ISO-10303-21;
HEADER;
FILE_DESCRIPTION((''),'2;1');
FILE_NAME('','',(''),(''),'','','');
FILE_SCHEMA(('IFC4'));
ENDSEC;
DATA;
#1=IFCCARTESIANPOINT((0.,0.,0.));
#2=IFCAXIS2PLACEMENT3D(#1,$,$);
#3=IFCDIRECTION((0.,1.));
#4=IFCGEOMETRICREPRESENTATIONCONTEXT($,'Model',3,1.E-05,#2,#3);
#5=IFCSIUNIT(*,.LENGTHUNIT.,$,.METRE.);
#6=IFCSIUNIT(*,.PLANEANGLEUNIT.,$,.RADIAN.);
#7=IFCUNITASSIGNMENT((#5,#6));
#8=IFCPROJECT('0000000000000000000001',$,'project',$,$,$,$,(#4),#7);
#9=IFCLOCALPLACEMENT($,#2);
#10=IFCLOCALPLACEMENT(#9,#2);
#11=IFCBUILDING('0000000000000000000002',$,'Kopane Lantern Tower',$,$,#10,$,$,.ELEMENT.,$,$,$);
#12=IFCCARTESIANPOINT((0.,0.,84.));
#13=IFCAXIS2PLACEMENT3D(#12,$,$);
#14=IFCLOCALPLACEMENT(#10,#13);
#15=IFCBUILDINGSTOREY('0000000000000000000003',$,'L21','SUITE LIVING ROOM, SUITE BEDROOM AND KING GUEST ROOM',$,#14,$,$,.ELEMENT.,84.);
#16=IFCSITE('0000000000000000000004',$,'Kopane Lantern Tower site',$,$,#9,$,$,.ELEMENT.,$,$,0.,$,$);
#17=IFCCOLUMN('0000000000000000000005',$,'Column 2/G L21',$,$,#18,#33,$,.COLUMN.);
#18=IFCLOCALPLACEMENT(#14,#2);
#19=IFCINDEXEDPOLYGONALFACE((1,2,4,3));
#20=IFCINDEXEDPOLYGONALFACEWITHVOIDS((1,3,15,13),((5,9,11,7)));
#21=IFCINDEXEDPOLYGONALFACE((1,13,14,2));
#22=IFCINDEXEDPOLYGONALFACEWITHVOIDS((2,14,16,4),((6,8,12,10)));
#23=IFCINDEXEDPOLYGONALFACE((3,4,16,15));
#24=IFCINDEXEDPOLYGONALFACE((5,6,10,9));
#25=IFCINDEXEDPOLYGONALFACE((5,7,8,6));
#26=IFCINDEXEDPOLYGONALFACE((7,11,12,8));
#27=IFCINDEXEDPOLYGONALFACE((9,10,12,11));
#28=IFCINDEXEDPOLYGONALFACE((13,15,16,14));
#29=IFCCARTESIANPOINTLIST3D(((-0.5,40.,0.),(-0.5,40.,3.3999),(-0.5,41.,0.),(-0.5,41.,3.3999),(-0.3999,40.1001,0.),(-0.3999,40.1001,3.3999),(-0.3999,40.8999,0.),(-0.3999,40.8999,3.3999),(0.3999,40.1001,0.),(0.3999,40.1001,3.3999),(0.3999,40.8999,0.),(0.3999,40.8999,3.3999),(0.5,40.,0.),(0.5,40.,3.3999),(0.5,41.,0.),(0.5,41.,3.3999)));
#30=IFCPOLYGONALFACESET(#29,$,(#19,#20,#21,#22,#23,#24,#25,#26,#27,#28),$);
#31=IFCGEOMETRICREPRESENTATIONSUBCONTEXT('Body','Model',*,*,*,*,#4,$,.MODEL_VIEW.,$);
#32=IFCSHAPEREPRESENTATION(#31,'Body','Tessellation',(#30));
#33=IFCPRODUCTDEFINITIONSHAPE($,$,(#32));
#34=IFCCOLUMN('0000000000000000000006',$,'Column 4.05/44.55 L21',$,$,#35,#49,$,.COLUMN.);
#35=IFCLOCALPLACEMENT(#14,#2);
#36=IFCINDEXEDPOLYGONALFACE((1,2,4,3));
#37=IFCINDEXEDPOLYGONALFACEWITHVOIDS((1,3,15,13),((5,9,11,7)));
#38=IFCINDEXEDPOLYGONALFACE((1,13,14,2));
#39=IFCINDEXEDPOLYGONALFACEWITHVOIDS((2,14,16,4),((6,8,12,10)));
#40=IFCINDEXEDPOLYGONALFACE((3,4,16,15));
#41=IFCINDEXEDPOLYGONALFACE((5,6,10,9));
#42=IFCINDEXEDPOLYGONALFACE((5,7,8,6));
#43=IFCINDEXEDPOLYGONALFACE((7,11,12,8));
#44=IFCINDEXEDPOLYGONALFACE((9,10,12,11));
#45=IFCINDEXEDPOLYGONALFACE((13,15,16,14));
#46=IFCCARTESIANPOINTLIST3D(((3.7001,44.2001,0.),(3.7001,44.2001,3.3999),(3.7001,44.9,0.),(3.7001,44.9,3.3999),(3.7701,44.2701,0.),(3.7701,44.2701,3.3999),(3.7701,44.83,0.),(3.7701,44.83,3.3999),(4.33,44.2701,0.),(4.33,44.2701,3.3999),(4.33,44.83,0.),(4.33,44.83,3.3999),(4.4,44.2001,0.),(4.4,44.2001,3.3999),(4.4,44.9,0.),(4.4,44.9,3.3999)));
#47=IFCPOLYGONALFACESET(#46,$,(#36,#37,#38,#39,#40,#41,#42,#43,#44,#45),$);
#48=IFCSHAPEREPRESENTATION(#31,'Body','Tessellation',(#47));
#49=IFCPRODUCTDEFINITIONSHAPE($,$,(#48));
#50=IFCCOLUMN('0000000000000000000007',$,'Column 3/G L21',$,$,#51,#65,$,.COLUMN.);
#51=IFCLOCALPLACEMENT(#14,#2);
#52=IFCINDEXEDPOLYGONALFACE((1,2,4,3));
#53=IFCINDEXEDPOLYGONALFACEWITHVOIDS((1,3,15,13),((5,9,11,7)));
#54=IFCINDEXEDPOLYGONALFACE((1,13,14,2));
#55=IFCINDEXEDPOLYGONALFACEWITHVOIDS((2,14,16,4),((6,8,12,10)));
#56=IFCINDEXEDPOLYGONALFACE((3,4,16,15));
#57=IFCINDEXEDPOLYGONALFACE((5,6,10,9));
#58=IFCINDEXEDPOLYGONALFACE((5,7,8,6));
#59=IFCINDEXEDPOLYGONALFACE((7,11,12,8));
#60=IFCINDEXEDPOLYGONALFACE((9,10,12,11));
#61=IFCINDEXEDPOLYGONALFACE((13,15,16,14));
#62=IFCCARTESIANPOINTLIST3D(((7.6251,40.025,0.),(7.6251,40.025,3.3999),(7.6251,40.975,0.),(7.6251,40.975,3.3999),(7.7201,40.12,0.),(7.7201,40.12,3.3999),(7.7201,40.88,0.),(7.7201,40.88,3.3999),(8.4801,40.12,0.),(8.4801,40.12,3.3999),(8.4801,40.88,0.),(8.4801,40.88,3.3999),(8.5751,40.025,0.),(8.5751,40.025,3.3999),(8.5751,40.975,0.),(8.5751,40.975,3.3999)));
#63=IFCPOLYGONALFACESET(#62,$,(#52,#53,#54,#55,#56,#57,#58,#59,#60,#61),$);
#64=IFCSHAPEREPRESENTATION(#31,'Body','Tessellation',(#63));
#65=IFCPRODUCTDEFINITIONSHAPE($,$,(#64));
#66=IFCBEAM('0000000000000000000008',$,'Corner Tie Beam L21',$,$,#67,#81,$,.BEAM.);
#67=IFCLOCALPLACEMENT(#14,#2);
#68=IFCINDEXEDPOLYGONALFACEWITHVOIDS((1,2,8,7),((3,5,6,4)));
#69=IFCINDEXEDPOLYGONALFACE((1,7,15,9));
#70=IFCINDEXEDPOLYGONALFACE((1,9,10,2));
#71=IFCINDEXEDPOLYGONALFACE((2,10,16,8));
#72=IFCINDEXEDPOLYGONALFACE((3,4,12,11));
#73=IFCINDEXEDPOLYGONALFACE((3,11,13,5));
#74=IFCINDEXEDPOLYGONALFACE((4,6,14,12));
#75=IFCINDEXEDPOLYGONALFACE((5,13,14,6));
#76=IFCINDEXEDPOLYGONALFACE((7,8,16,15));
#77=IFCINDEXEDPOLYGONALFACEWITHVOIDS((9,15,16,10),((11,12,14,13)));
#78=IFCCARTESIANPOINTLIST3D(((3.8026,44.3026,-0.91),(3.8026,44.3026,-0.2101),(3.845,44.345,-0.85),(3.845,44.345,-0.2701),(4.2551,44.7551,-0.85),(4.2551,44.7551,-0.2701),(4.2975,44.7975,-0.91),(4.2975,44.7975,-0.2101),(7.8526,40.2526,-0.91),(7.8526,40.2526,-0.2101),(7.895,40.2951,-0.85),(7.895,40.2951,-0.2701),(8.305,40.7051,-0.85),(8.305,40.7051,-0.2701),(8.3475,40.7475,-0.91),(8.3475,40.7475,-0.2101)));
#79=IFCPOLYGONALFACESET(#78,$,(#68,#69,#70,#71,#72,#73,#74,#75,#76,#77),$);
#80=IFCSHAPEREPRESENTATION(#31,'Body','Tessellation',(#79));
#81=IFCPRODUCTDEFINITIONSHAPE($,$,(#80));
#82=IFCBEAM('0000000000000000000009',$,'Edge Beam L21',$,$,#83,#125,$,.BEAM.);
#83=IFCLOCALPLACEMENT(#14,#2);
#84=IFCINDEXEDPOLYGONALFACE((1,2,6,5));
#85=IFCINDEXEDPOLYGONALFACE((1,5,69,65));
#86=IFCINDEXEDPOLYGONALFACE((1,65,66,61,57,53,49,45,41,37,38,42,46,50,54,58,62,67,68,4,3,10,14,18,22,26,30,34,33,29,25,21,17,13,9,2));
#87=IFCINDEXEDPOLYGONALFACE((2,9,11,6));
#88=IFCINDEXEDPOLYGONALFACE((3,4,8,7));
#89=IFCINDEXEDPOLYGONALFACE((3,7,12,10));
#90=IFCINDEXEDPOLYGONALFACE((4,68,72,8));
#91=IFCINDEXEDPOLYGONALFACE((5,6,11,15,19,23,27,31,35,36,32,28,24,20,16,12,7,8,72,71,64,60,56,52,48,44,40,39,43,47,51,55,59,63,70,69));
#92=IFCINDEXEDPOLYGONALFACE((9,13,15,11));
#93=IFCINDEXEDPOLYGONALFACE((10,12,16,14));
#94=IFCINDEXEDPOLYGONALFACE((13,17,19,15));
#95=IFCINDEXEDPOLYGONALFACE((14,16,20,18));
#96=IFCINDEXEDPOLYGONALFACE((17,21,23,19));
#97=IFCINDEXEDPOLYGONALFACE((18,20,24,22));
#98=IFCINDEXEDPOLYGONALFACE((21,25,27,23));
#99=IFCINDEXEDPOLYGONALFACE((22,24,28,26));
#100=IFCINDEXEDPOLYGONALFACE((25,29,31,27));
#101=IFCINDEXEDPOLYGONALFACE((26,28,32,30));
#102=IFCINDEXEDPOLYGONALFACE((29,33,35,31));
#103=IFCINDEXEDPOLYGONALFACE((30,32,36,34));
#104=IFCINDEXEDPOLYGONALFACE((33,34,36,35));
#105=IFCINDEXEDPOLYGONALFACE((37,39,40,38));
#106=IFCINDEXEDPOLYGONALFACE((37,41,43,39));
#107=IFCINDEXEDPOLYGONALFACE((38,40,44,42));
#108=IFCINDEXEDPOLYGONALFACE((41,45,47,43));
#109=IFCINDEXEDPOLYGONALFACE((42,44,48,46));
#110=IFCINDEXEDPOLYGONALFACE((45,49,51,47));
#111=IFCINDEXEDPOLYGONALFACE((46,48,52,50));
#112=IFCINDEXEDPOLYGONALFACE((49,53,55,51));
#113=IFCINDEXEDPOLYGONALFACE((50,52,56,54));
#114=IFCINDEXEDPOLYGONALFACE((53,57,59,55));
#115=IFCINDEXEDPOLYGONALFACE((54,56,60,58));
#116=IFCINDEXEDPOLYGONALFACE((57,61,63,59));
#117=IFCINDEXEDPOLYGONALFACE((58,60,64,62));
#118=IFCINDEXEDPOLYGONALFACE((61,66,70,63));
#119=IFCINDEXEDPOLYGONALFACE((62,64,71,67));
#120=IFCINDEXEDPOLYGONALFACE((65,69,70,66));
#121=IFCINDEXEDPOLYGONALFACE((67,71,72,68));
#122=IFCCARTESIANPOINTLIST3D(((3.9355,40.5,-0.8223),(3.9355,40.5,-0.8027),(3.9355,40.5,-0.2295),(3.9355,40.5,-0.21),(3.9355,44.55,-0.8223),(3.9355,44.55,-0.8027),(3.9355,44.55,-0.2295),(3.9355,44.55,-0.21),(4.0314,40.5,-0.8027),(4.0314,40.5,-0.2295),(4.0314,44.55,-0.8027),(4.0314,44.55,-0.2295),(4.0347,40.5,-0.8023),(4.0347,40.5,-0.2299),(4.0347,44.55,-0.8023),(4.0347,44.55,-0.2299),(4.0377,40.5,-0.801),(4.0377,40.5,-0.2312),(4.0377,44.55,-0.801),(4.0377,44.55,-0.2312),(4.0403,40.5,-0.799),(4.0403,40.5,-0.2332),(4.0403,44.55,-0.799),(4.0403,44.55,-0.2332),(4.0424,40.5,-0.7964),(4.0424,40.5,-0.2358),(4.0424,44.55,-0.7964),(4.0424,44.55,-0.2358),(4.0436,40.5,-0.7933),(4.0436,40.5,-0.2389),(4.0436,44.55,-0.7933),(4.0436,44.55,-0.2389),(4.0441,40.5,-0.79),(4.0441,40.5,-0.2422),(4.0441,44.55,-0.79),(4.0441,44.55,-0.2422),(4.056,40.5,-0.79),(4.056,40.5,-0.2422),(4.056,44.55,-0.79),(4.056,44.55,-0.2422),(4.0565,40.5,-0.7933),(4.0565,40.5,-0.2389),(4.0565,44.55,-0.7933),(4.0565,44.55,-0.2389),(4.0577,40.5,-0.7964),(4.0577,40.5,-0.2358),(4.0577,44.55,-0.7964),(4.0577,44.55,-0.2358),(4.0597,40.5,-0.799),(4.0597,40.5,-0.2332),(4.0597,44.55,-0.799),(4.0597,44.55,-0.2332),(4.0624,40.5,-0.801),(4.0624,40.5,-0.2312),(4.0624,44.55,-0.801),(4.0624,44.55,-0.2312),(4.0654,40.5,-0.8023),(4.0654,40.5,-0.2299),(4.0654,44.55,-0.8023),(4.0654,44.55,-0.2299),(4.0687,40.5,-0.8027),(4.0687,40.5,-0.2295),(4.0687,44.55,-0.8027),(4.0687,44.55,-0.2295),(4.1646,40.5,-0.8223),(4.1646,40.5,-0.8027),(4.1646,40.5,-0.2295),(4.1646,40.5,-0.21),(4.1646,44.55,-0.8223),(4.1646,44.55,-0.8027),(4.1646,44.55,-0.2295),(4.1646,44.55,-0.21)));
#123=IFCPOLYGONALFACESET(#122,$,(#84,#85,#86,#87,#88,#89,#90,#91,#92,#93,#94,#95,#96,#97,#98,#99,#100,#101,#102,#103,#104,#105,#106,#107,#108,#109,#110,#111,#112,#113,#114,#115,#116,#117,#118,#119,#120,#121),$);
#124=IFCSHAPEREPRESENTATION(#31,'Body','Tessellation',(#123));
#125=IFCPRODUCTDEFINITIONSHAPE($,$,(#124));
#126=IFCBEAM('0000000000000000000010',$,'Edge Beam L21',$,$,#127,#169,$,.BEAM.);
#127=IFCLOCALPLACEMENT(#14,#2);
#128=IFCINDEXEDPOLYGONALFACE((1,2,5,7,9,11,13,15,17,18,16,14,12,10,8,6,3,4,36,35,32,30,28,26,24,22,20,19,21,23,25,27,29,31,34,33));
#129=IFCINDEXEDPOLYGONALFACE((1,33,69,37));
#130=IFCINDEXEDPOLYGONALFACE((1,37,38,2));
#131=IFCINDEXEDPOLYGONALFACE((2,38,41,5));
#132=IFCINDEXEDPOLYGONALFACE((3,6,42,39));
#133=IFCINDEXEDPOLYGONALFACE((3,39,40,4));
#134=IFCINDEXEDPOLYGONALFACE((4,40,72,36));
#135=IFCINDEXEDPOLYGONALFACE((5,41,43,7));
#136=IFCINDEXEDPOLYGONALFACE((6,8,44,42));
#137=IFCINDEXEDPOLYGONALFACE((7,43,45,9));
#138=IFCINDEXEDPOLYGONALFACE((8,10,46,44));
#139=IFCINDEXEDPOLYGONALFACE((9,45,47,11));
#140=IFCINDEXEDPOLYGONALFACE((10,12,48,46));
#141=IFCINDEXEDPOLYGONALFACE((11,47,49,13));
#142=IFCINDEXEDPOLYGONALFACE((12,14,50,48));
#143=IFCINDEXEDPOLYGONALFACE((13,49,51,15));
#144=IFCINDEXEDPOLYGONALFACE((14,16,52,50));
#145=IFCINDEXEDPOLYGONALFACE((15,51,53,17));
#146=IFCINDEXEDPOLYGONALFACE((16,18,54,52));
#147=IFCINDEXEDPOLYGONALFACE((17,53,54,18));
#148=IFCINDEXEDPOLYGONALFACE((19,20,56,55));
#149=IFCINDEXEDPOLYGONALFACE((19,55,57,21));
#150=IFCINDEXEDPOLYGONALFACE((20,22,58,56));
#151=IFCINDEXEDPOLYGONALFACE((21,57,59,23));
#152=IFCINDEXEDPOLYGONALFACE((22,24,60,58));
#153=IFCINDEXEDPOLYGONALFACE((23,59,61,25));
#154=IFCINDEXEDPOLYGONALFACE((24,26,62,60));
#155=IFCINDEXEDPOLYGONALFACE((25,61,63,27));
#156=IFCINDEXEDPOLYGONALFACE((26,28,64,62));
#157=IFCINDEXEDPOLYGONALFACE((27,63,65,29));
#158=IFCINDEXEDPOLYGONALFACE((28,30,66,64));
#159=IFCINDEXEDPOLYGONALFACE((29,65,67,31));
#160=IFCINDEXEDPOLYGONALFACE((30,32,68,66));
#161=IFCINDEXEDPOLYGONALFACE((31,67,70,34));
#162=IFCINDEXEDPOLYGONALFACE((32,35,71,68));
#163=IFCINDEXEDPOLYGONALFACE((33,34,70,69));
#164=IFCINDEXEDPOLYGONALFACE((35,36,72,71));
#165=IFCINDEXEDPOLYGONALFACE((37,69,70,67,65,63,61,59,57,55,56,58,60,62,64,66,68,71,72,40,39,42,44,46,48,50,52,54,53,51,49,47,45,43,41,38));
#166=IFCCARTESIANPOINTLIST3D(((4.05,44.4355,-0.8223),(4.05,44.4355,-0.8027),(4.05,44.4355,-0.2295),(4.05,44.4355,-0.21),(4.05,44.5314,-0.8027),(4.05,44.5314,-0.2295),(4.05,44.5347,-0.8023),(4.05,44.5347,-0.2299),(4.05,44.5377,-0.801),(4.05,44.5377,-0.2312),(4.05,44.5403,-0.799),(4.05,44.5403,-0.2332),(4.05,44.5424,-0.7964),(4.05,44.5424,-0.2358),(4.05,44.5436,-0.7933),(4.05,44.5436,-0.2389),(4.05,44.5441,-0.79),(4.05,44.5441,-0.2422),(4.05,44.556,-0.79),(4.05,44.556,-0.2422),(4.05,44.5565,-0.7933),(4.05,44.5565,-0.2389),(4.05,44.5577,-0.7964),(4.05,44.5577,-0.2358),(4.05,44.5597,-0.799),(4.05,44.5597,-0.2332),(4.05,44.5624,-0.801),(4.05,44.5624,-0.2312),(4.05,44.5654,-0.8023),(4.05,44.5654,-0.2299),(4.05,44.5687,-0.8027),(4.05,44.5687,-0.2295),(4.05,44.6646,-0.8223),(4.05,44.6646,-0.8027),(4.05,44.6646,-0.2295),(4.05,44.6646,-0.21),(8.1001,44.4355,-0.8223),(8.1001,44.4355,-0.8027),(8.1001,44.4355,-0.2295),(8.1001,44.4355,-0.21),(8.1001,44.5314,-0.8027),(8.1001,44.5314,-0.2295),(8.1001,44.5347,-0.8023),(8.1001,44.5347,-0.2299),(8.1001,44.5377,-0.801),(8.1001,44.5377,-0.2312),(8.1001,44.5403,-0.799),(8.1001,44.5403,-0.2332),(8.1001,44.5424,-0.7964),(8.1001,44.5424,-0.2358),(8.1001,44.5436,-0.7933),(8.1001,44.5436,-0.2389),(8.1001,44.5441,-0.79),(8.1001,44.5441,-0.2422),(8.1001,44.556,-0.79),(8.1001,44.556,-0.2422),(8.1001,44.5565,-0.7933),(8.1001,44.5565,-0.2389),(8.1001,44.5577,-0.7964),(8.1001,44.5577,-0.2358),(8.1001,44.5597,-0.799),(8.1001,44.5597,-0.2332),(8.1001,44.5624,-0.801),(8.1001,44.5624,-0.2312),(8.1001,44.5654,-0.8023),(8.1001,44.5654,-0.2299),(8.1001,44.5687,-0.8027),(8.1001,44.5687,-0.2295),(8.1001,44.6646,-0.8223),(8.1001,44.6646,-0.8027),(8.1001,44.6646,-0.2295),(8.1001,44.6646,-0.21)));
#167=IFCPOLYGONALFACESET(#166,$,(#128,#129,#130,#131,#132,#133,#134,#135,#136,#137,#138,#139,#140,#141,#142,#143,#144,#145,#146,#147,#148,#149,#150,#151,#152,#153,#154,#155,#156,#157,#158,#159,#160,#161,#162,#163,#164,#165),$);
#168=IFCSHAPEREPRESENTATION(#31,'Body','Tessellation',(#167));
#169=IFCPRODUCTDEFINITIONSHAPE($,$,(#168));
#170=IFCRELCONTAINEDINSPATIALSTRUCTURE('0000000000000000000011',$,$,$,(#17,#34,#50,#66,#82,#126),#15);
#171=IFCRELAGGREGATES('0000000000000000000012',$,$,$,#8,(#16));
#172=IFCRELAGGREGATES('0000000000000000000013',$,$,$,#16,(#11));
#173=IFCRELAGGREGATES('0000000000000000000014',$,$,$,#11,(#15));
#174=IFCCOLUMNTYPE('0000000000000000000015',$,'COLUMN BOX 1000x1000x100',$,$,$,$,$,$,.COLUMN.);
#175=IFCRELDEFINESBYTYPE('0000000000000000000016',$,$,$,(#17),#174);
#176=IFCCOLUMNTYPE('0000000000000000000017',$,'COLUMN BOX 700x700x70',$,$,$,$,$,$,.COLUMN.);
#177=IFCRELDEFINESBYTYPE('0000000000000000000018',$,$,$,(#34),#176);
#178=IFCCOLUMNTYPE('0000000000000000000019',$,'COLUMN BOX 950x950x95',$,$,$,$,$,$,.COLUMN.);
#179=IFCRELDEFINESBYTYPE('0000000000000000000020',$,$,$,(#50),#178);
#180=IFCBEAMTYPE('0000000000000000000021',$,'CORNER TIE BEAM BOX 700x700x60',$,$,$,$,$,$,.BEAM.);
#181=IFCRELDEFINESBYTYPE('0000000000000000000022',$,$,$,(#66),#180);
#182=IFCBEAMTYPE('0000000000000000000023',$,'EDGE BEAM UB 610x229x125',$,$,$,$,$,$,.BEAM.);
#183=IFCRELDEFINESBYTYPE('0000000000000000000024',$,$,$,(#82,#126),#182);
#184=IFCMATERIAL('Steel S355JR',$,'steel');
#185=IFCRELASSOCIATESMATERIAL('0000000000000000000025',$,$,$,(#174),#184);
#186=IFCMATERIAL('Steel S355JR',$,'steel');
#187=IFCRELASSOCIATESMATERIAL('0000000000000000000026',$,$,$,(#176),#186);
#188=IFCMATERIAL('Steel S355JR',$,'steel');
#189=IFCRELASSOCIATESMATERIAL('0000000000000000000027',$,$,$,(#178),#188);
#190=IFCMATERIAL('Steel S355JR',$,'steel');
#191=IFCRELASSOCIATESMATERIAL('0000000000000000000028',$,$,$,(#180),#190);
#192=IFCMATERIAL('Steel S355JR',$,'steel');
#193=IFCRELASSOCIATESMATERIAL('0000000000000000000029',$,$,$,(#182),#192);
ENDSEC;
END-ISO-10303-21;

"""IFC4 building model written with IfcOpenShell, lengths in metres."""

from ifc_helpers import new_model, si_unit, direction, frame, origin, origin_2d, place, context, subcontext, project, spatial, hollow_rectangle, i_section, extrude, material, material_profile, profile_set, type_object, element, save


model = new_model("IFC4")

# Units and contexts
model_context = context("Model", 3, precision=1e-05, world=origin(), true_north=direction((0.0, 1.0)))
body_context = subcontext(model_context, "Body", "Model", "MODEL_VIEW")
ifc_project = project(units=[si_unit("LENGTHUNIT", "METRE"), si_unit("PLANEANGLEUNIT", "RADIAN")], contexts=[model_context])

# Site, building, storey
site_placement = place(None, origin())
site = spatial("IfcSite", under=ifc_project, at=site_placement, Name="Kopane Lantern Tower site", CompositionType="ELEMENT", RefElevation=0.0)
building_placement = place(site_placement, origin())
building = spatial("IfcBuilding", under=site, at=building_placement, Name="Kopane Lantern Tower", CompositionType="ELEMENT")
storey_placement = place(building_placement, frame((0.0, 0.0, 84.0)))
storey = spatial("IfcBuildingStorey", under=building, at=storey_placement, Name="L21", Description="SUITE LIVING ROOM, SUITE BEDROOM AND KING GUEST ROOM", CompositionType="ELEMENT", Elevation=84.0)

# Columns
ifc_material_1 = material(Name="Steel S355JR", Category="steel")
ifc_material_profile_1 = material_profile(ifc_material_1, hollow_rectangle(XDim=1.0, YDim=1.0, WallThickness=0.1001, at=origin_2d()), Name="BOX 1000x1000x100")
ifc_profile_set_1 = profile_set([ifc_material_profile_1], Name="Steel S355JR")
column_type_1 = type_object("IfcColumnType", Name="COLUMN BOX 1000x1000x100", PredefinedType="COLUMN", material=ifc_profile_set_1)
column_1_placement = place(storey_placement, frame((0.0, 40.5, 0.0), z_axis=(0.0, 0.0, 1.0), x_axis=(1.0, 0.0, 0.0)))
element("IfcColumn", 1, at=column_1_placement, inside=storey, type_object=column_type_1, Name="Column 2/G L21", PredefinedType="COLUMN", context=body_context, shape_type="SweptSolid", body=[
    extrude(hollow_rectangle(XDim=1.0, YDim=1.0, WallThickness=0.1001, at=origin_2d()), origin(), (0.0, 0.0, 1.0), 3.3999),
])
ifc_material_2 = material(Name="Steel S355JR", Category="steel")
ifc_material_profile_2 = material_profile(ifc_material_2, hollow_rectangle(XDim=0.7, YDim=0.7, WallThickness=0.0701, at=origin_2d()), Name="BOX 700x700x70")
ifc_profile_set_2 = profile_set([ifc_material_profile_2], Name="Steel S355JR")
column_type_2 = type_object("IfcColumnType", Name="COLUMN BOX 700x700x70", PredefinedType="COLUMN", material=ifc_profile_set_2)
column_2_placement = place(storey_placement, frame((4.05, 44.55, 0.0), z_axis=(0.0, 0.0, 1.0), x_axis=(1.0, 0.0, 0.0)))
element("IfcColumn", 2, at=column_2_placement, inside=storey, type_object=column_type_2, Name="Column 4.05/44.55 L21", PredefinedType="COLUMN", context=body_context, shape_type="SweptSolid", body=[
    extrude(hollow_rectangle(XDim=0.7, YDim=0.7, WallThickness=0.0701, at=origin_2d()), origin(), (0.0, 0.0, 1.0), 3.3999),
])
ifc_material_3 = material(Name="Steel S355JR", Category="steel")
ifc_material_profile_3 = material_profile(ifc_material_3, hollow_rectangle(XDim=0.95, YDim=0.95, WallThickness=0.095, at=origin_2d()), Name="BOX 950x950x95")
ifc_profile_set_3 = profile_set([ifc_material_profile_3], Name="Steel S355JR")
column_type_3 = type_object("IfcColumnType", Name="COLUMN BOX 950x950x95", PredefinedType="COLUMN", material=ifc_profile_set_3)
column_3_placement = place(storey_placement, frame((8.1001, 40.5, 0.0), z_axis=(0.0, 0.0, 1.0), x_axis=(1.0, 0.0, 0.0)))
element("IfcColumn", 3, at=column_3_placement, inside=storey, type_object=column_type_3, Name="Column 3/G L21", PredefinedType="COLUMN", context=body_context, shape_type="SweptSolid", body=[
    extrude(hollow_rectangle(XDim=0.95, YDim=0.95, WallThickness=0.095, at=origin_2d()), origin(), (0.0, 0.0, 1.0), 3.3999),
])

# Beams
ifc_material_4 = material(Name="Steel S355JR", Category="steel")
ifc_material_profile_4 = material_profile(ifc_material_4, hollow_rectangle(XDim=0.7, YDim=0.7, WallThickness=0.0601, at=origin_2d()), Name="BOX 700x700x60")
ifc_profile_set_4 = profile_set([ifc_material_profile_4], Name="Steel S355JR")
beam_type_1 = type_object("IfcBeamType", Name="CORNER TIE BEAM BOX 700x700x60", PredefinedType="BEAM", material=ifc_profile_set_4)
beam_1_placement = place(storey_placement, frame((4.05, 44.55, -0.5601), z_axis=(0.707107, -0.707107, 0.0), x_axis=(0.707107, 0.707107, 0.0)))
element("IfcBeam", 4, at=beam_1_placement, inside=storey, type_object=beam_type_1, Name="Corner Tie Beam L21", PredefinedType="BEAM", context=body_context, shape_type="SweptSolid", body=[
    extrude(hollow_rectangle(XDim=0.7, YDim=0.7, WallThickness=0.0601, at=origin_2d()), origin(), (0.0, 0.0, 1.0), 5.7275),
])
ifc_material_5 = material(Name="Steel S355JR", Category="steel")
ifc_material_profile_5 = material_profile(ifc_material_5, i_section(OverallWidth=0.229, OverallDepth=0.6123, WebThickness=0.012, FlangeThickness=0.0195, FilletRadius=0.0127, at=origin_2d()), Name="UB 610x229x125")
ifc_profile_set_5 = profile_set([ifc_material_profile_5], Name="Steel S355JR")
beam_type_2 = type_object("IfcBeamType", Name="EDGE BEAM UB 610x229x125", PredefinedType="BEAM", material=ifc_profile_set_5)
for number, where, z_axis, x_axis, name in (
    (5, (4.05, 44.55, -0.5161), (0.0, -1.0, 0.0), (1.0, 0.0, 0.0), "Edge Beam L21"),
    (6, (4.05, 44.55, -0.5161), (1.0, 0.0, 0.0), (0.0, 1.0, 0.0), "Edge Beam L21"),
):
    element("IfcBeam", number, at=place(storey_placement, frame(where, z_axis=z_axis, x_axis=x_axis)), inside=storey, type_object=beam_type_2, Name=name, PredefinedType="BEAM", context=body_context, shape_type="SweptSolid", body=[
        extrude(i_section(OverallWidth=0.229, OverallDepth=0.6123, WebThickness=0.012, FlangeThickness=0.0195, FilletRadius=0.0127, at=origin_2d()), origin(), (0.0, 0.0, 1.0), 4.05),
    ])

save(model, "model.ifc")
